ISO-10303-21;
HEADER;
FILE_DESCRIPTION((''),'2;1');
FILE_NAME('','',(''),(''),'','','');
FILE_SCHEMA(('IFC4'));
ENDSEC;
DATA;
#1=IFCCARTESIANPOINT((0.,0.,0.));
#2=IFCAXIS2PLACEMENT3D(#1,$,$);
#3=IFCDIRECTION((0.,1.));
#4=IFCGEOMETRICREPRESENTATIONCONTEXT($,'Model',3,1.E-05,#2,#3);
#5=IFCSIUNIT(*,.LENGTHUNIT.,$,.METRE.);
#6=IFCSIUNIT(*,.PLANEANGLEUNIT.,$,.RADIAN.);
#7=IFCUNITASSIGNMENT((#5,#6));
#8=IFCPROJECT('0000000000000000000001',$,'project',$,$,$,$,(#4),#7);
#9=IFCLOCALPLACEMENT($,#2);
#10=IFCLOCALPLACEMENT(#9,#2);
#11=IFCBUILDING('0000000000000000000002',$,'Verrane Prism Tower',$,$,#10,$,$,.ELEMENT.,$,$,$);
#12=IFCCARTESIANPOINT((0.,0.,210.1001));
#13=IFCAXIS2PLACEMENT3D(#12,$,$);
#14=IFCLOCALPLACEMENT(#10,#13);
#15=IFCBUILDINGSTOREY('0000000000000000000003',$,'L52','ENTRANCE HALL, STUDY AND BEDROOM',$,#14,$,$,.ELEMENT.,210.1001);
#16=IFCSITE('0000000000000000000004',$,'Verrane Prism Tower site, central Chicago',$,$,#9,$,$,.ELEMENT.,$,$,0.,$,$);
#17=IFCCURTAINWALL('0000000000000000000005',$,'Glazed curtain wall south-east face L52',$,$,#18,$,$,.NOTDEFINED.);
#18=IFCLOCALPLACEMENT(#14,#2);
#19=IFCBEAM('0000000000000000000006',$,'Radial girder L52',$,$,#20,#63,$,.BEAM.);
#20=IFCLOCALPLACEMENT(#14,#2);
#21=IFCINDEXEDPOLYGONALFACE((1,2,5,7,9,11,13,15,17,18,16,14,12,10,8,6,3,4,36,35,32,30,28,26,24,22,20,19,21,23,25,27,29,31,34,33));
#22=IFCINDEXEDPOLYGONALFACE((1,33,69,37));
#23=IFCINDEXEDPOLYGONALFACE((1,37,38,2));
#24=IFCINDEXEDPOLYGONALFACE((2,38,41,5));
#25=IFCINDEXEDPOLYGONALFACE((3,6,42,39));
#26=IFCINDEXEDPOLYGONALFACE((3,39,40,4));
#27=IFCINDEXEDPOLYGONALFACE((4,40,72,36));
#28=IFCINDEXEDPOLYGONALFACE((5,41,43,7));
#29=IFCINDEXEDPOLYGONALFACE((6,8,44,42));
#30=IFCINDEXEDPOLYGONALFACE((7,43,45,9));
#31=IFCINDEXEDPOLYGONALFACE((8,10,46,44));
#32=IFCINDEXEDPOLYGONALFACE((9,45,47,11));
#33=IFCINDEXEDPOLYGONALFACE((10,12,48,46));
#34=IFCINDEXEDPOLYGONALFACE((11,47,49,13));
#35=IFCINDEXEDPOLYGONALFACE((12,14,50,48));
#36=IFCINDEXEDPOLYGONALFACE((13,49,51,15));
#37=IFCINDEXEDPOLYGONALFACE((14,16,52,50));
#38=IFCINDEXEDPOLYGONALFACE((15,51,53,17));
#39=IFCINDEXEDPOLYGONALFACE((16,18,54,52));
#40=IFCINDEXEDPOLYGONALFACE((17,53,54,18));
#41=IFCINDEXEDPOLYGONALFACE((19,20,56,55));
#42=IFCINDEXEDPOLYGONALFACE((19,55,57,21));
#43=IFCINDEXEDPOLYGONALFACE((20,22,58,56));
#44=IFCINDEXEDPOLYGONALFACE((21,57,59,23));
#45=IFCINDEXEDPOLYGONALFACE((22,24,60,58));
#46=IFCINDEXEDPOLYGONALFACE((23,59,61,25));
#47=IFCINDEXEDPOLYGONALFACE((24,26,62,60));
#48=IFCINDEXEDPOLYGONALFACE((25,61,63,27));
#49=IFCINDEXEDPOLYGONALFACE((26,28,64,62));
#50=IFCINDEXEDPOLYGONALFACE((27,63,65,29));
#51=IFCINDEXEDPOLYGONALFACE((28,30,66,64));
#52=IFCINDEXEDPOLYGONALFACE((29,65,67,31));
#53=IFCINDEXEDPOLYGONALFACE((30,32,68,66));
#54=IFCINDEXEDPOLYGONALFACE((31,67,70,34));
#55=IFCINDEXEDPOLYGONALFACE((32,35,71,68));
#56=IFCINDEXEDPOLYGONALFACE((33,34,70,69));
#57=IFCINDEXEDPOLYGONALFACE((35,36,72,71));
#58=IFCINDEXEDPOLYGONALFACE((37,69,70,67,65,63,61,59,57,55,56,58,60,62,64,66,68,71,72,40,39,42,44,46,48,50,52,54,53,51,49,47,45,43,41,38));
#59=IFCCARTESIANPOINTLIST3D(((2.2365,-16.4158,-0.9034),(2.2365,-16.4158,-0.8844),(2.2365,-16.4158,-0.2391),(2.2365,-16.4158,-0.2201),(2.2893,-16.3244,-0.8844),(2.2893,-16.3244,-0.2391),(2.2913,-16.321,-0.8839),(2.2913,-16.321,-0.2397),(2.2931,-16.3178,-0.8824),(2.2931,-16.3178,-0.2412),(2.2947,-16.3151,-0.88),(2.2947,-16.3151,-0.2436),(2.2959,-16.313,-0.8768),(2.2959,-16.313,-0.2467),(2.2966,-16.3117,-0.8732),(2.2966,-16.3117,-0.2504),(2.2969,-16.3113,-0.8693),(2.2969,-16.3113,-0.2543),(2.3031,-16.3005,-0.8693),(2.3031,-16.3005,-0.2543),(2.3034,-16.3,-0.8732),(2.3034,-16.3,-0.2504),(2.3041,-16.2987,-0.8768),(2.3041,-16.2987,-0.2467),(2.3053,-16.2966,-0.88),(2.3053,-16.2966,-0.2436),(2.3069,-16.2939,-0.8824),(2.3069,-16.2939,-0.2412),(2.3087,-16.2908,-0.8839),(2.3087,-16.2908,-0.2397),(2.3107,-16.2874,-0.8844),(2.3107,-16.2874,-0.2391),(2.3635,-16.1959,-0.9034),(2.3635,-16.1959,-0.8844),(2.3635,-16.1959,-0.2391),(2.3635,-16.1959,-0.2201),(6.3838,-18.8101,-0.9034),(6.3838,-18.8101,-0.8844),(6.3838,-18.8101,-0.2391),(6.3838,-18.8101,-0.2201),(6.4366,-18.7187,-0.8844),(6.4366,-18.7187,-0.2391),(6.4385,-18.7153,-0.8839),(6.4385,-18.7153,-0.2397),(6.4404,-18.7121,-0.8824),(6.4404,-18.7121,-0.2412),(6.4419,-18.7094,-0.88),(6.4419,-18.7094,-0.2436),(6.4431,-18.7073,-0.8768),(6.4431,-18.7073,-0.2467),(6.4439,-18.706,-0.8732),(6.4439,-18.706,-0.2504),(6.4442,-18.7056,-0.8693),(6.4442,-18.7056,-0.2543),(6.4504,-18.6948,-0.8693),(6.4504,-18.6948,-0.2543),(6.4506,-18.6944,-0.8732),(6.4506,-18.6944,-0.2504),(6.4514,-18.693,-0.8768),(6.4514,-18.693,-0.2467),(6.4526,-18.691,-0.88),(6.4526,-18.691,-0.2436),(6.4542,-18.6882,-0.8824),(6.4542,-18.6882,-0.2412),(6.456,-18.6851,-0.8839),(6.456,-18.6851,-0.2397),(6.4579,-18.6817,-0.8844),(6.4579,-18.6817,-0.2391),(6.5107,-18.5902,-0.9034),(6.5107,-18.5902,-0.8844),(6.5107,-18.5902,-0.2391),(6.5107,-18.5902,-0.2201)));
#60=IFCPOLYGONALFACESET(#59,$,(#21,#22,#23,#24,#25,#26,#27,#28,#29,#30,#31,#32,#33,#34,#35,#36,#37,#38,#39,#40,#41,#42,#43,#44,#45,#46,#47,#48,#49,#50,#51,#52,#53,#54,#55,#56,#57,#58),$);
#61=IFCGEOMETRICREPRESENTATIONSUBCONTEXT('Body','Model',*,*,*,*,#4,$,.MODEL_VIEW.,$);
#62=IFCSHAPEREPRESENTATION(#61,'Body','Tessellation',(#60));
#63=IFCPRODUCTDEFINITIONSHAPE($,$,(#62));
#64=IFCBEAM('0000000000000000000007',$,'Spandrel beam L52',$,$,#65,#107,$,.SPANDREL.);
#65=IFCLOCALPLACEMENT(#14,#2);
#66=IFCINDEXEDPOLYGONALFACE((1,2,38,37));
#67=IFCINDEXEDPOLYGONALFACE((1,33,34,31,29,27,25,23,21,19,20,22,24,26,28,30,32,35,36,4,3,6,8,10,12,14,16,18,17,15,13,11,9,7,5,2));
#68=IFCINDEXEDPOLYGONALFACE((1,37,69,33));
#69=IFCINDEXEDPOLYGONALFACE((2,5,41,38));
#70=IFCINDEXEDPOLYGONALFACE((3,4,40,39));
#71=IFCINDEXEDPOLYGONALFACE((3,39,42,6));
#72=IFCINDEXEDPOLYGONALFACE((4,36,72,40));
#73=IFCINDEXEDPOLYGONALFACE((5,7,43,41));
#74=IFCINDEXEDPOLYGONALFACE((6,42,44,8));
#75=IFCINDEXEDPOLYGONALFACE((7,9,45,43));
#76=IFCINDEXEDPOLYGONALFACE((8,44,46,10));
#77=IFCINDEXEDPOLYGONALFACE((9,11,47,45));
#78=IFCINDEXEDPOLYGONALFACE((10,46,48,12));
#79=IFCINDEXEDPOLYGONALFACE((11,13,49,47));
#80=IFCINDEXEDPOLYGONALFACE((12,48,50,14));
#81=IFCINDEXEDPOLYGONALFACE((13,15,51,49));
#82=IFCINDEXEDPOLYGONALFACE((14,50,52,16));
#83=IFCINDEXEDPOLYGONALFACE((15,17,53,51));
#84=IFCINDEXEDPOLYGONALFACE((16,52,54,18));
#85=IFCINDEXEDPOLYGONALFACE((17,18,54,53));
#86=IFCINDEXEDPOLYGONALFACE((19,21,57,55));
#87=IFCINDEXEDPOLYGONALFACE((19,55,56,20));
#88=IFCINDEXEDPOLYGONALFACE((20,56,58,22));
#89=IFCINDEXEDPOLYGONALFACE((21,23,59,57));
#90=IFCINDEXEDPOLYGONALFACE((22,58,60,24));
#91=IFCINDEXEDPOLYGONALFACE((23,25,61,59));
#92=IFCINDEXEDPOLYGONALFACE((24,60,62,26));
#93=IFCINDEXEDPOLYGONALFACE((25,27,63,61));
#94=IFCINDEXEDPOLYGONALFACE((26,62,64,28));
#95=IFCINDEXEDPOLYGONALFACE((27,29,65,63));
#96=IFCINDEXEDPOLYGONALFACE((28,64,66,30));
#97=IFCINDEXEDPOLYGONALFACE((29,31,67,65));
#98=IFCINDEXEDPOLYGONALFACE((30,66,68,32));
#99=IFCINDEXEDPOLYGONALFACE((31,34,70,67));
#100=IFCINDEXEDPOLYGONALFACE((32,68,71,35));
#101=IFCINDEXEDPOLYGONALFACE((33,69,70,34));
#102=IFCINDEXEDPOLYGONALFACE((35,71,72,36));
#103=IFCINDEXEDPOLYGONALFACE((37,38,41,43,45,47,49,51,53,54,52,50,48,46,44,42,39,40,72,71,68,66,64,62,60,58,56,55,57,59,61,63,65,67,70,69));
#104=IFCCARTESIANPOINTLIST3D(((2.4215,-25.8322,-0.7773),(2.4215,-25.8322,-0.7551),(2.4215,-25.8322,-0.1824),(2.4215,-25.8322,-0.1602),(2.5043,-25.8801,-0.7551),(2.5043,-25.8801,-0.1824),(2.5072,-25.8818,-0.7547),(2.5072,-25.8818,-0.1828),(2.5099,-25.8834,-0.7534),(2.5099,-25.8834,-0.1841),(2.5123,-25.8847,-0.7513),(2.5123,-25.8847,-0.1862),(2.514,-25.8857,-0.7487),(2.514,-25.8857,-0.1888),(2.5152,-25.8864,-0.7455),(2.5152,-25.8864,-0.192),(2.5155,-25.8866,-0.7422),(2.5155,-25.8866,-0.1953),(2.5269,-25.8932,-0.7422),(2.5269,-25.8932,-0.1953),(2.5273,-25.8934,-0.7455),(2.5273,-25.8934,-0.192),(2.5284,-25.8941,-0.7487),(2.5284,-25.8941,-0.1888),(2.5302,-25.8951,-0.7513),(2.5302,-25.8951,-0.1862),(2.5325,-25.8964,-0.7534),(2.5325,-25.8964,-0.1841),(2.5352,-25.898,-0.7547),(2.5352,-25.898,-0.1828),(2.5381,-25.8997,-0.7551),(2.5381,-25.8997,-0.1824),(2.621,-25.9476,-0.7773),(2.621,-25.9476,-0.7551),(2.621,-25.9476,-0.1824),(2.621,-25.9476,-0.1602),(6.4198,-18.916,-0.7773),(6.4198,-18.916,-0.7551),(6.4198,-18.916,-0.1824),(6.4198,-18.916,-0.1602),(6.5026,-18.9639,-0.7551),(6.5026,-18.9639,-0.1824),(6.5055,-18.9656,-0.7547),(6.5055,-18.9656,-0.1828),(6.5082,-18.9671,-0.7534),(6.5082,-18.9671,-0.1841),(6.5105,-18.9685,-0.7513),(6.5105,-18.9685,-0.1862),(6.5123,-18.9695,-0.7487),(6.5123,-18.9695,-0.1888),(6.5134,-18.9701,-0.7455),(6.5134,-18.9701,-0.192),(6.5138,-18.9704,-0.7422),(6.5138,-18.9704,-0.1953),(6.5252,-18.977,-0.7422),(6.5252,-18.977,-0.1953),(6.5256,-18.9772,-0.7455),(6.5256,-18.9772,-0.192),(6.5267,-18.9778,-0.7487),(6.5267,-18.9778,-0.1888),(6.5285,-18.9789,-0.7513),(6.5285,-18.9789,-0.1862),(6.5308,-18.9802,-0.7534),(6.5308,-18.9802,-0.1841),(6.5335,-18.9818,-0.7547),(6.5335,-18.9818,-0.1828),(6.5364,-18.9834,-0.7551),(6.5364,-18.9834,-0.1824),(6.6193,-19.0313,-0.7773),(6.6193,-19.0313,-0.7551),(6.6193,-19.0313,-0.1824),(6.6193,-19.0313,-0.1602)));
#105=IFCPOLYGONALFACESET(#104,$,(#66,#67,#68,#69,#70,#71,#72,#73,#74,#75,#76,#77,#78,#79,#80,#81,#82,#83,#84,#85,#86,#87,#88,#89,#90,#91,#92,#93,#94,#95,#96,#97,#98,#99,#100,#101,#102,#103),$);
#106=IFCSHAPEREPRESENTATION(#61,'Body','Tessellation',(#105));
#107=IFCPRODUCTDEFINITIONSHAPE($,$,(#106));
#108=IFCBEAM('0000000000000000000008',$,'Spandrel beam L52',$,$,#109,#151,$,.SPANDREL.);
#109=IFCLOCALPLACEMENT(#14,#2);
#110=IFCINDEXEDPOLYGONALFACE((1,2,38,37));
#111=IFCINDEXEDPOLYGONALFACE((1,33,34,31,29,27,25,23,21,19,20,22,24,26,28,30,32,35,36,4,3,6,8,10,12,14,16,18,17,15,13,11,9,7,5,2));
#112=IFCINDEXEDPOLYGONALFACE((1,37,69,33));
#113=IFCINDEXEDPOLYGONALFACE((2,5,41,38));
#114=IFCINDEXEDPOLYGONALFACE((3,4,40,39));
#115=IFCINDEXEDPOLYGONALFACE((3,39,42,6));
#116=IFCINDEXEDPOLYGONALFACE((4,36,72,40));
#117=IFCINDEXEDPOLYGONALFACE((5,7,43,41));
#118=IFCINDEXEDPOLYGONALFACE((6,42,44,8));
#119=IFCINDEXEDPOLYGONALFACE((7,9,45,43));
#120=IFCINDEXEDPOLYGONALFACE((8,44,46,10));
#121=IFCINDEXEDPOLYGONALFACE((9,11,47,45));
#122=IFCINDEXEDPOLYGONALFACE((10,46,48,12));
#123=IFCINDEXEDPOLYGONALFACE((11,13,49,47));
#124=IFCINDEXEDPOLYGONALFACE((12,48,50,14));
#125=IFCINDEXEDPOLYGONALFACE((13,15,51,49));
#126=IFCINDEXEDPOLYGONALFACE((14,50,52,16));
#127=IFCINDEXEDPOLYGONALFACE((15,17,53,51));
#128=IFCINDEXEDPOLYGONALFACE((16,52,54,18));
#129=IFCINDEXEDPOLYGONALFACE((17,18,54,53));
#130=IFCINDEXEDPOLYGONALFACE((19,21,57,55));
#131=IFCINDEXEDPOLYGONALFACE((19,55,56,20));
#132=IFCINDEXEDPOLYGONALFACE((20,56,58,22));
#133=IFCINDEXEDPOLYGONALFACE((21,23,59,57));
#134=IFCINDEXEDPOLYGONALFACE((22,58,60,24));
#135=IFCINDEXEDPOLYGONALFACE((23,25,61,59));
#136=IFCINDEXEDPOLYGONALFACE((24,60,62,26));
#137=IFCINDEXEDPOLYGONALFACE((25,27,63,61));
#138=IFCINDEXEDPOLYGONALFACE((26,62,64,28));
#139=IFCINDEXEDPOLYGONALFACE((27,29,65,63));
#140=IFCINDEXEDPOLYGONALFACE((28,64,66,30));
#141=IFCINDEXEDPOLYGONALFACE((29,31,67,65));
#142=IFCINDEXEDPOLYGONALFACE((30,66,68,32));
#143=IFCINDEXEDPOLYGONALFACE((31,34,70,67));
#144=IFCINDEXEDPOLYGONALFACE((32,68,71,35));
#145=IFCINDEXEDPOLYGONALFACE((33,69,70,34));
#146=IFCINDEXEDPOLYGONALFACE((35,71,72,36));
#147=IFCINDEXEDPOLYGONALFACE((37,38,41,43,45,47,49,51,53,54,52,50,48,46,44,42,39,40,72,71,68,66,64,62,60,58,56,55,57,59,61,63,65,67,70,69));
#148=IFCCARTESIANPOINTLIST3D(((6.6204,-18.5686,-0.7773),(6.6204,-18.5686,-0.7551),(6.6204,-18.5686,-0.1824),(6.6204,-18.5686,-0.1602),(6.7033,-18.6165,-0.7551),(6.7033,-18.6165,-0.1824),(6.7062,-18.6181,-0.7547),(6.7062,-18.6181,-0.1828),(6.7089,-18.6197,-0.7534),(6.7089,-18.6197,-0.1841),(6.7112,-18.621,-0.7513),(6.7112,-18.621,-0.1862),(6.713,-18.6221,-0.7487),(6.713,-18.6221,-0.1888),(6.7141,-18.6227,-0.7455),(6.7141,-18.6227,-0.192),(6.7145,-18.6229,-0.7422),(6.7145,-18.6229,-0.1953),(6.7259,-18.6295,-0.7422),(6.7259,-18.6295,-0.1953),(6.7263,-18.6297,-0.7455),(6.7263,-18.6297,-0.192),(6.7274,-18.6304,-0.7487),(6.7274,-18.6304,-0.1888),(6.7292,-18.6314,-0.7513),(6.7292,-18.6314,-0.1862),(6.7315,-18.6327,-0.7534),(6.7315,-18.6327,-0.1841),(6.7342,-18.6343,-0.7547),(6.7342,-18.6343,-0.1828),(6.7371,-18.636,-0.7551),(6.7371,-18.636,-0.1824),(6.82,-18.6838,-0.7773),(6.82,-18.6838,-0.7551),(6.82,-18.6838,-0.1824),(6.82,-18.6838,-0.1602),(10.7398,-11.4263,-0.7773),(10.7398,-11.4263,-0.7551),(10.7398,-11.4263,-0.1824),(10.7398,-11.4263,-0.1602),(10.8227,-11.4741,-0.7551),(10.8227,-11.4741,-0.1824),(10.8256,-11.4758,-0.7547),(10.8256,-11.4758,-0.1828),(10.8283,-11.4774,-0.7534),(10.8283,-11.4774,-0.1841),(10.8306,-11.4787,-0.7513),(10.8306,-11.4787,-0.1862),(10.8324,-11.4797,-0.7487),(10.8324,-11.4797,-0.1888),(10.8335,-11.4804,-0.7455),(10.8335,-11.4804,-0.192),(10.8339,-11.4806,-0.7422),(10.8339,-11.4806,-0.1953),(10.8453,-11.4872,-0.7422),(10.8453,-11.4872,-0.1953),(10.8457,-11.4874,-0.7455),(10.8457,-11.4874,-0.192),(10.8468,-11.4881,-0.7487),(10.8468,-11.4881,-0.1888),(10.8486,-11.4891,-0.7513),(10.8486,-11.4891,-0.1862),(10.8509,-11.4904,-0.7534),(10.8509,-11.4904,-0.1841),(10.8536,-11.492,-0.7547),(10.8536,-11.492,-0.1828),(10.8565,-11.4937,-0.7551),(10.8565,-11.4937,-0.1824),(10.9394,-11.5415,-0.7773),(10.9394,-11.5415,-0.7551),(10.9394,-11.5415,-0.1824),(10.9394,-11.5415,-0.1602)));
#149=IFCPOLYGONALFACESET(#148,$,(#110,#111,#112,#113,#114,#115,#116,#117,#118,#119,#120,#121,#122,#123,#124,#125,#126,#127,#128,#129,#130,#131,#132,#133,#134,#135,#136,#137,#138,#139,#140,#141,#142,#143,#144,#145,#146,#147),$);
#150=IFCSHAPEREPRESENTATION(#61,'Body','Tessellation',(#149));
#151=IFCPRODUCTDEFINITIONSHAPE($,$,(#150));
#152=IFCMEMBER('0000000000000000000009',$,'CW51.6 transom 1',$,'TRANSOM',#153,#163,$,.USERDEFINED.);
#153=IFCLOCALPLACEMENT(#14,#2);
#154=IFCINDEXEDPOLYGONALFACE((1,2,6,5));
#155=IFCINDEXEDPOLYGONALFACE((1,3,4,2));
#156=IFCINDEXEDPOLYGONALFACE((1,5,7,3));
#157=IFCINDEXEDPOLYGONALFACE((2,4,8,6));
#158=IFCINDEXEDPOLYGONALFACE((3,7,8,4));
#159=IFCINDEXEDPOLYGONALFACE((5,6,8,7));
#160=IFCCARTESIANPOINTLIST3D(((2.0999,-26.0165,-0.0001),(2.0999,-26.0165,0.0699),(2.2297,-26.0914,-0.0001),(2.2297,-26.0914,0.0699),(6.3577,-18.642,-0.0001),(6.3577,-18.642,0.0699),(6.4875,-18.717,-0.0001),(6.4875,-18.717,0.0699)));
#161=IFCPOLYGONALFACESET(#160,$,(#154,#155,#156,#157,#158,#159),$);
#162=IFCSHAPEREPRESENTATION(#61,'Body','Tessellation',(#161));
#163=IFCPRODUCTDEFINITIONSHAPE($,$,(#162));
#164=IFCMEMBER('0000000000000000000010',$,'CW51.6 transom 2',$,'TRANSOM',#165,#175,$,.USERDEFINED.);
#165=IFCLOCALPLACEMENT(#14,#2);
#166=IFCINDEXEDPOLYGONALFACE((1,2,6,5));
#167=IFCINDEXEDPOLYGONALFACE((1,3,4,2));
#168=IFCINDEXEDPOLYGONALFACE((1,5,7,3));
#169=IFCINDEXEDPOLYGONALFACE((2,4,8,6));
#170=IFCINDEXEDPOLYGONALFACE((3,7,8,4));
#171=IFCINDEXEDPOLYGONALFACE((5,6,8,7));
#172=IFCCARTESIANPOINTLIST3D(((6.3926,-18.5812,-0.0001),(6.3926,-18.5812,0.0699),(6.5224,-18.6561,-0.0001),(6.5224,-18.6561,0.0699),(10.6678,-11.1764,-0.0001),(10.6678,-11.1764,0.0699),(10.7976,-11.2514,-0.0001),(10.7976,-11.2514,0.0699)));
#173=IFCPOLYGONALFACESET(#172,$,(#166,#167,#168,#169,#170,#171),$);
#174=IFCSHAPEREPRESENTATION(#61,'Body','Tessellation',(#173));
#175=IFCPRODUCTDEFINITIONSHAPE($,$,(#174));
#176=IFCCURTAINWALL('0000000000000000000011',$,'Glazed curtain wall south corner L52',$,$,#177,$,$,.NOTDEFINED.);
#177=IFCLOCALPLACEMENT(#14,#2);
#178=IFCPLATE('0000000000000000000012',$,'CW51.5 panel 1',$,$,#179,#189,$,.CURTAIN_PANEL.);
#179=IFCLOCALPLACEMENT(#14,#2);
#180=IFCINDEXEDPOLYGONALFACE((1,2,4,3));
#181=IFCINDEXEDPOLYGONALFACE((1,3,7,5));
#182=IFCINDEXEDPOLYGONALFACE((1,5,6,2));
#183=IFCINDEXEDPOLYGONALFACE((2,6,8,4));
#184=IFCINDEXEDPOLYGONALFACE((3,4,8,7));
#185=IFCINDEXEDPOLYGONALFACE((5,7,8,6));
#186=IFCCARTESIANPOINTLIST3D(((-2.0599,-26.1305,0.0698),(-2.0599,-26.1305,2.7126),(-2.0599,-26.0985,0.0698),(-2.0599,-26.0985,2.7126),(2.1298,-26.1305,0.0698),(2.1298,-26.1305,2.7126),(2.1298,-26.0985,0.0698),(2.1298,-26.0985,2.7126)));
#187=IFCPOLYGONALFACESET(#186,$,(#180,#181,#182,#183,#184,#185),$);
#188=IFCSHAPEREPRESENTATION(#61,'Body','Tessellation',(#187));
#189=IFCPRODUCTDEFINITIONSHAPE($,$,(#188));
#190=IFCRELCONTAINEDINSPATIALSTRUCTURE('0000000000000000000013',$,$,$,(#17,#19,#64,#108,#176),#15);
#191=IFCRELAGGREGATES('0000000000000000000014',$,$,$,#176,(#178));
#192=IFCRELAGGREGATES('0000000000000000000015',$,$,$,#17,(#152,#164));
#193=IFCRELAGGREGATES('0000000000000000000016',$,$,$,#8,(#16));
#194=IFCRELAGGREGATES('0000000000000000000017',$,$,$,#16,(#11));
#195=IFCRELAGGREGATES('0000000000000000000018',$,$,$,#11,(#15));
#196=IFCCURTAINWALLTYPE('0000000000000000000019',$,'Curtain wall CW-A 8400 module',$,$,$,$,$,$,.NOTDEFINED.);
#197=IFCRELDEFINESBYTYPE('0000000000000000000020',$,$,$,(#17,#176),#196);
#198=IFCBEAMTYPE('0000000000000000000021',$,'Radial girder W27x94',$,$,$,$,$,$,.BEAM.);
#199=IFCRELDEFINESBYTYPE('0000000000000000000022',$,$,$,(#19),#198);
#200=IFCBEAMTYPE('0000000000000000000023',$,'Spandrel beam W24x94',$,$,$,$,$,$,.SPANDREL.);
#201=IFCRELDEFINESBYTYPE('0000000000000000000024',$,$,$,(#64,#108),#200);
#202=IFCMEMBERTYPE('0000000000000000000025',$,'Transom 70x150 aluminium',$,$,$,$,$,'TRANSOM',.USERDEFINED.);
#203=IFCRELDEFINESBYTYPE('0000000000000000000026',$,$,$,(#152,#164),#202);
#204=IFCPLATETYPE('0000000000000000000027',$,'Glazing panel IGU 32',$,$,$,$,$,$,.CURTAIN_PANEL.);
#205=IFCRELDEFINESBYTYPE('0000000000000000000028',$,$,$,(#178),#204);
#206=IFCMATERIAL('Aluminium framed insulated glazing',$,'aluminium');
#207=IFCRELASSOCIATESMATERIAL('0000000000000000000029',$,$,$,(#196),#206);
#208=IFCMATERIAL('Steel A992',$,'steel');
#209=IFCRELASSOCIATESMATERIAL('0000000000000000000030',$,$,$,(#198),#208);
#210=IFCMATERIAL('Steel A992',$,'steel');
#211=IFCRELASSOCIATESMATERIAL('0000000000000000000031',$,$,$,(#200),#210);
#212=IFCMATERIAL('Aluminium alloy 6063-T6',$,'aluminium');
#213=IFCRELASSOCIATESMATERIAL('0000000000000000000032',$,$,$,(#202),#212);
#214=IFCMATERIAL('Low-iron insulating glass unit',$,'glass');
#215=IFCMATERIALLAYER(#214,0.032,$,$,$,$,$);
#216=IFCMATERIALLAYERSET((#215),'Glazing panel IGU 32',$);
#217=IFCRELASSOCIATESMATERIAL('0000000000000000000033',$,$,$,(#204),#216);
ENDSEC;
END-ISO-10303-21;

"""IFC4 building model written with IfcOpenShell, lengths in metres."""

from ifc_helpers import new_model, si_unit, direction, frame, origin, origin_2d, place, context, subcontext, project, spatial, rectangle, i_section, extrude, material, layer, layer_set, material_profile, profile_set, type_object, element, aggregate, save


model = new_model("IFC4")

# Units and contexts
model_context = context("Model", 3, precision=1e-05, world=origin(), true_north=direction((0.0, 1.0)))
body_context = subcontext(model_context, "Body", "Model", "MODEL_VIEW")
ifc_project = project(units=[si_unit("LENGTHUNIT", "METRE"), si_unit("PLANEANGLEUNIT", "RADIAN")], contexts=[model_context])

# Site, building, storey
site_placement = place(None, origin())
site = spatial("IfcSite", under=ifc_project, at=site_placement, Name="Verrane Prism Tower site, central Chicago", CompositionType="ELEMENT", RefElevation=0.0)
building_placement = place(site_placement, origin())
building = spatial("IfcBuilding", under=site, at=building_placement, Name="Verrane Prism Tower", CompositionType="ELEMENT")
storey_placement = place(building_placement, frame((0.0, 0.0, 210.1001)))
storey = spatial("IfcBuildingStorey", under=building, at=storey_placement, Name="L52", Description="ENTRANCE HALL, STUDY AND BEDROOM", CompositionType="ELEMENT", Elevation=210.1001)

# Curtain wall
ifc_material_1 = material(Name="Aluminium framed insulated glazing", Category="aluminium")
curtain_wall_type = type_object("IfcCurtainWallType", Name="Curtain wall CW-A 8400 module", PredefinedType="NOTDEFINED", material=ifc_material_1)
curtain_wall_1_placement = place(storey_placement, origin())
curtain_wall_1 = element("IfcCurtainWall", 1, at=curtain_wall_1_placement, inside=storey, type_object=curtain_wall_type, Name="Glazed curtain wall south-east face L52", PredefinedType="NOTDEFINED")

# Beams
ifc_material_2 = material(Name="Steel A992", Category="steel")
ifc_material_profile_1 = material_profile(ifc_material_2, i_section(OverallWidth=0.2539, OverallDepth=0.6833, WebThickness=0.0125, FlangeThickness=0.019, FilletRadius=0.0151, at=origin_2d()), Name="W27x94")
ifc_profile_set_1 = profile_set([ifc_material_profile_1], Name="Steel A992")
beam_type_1 = type_object("IfcBeamType", Name="Radial girder W27x94", PredefinedType="BEAM", material=ifc_profile_set_1)
beam_1_placement = place(storey_placement, frame((6.4473, -18.7002, -0.5618), z_axis=(-0.866035, 0.499983, 0.0), x_axis=(-0.499983, -0.866035, 0.0)))
element("IfcBeam", 2, at=beam_1_placement, inside=storey, type_object=beam_type_1, Name="Radial girder L52", PredefinedType="BEAM", context=body_context, shape_type="SweptSolid", body=[
    extrude(i_section(OverallWidth=0.2539, OverallDepth=0.6833, WebThickness=0.0125, FlangeThickness=0.019, FilletRadius=0.0151, at=origin_2d()), origin(), (0.0, 0.0, 1.0), 4.7888),
])
ifc_material_3 = material(Name="Steel A992", Category="steel")
ifc_material_profile_2 = material_profile(ifc_material_3, i_section(OverallWidth=0.2305, OverallDepth=0.6172, WebThickness=0.0132, FlangeThickness=0.0222, FilletRadius=0.0129, at=origin_2d()), Name="W24x94")
ifc_profile_set_2 = profile_set([ifc_material_profile_2], Name="Steel A992")
beam_type_2 = type_object("IfcBeamType", Name="Spandrel beam W24x94", PredefinedType="SPANDREL", material=ifc_profile_set_2)
beam_2_placement = place(storey_placement, frame((2.5212, -25.8899, -0.4688), z_axis=(0.500487, 0.865744, 0.0), x_axis=(-0.865744, 0.500487, 0.0)))
element("IfcBeam", 3, at=beam_2_placement, inside=storey, type_object=beam_type_2, Name="Spandrel beam L52", PredefinedType="SPANDREL", context=body_context, shape_type="SweptSolid", body=[
    extrude(i_section(OverallWidth=0.2305, OverallDepth=0.6172, WebThickness=0.0132, FlangeThickness=0.0222, FilletRadius=0.0129, at=origin_2d()), origin(), (0.0, 0.0, 1.0), 7.9888),
])
beam_3_placement = place(storey_placement, frame((6.7202, -18.6262, -0.4688), z_axis=(0.499614, 0.866248, 0.0), x_axis=(-0.866248, 0.499614, 0.0)))
element("IfcBeam", 4, at=beam_3_placement, inside=storey, type_object=beam_type_2, Name="Spandrel beam L52", PredefinedType="SPANDREL", context=body_context, shape_type="SweptSolid", body=[
    extrude(i_section(OverallWidth=0.2305, OverallDepth=0.6172, WebThickness=0.0132, FlangeThickness=0.0222, FilletRadius=0.0129, at=origin_2d()), origin(), (0.0, 0.0, 1.0), 8.2451),
])

# Members
ifc_material_4 = material(Name="Aluminium alloy 6063-T6", Category="aluminium")
ifc_material_profile_3 = material_profile(ifc_material_4, rectangle(XDim=0.1499, YDim=0.0701, at=origin_2d()), Name="Transom 70x150 aluminium")
ifc_profile_set_3 = profile_set([ifc_material_profile_3], Name="Aluminium alloy 6063-T6")
member_type_1 = type_object("IfcMemberType", Name="Transom 70x150 aluminium", ElementType="TRANSOM", PredefinedType="USERDEFINED", material=ifc_profile_set_3)
member_1_placement = place(storey_placement, frame((2.1648, -26.054, 0.0349), z_axis=(0.500012, 0.866018, 0.0), x_axis=(-0.866018, 0.500012, 0.0)))
member_1 = element("IfcMember", 5, at=member_1_placement, type_object=member_type_1, Name="CW51.6 transom 1", ObjectType="TRANSOM", PredefinedType="USERDEFINED", context=body_context, shape_type="SweptSolid", body=[
    extrude(rectangle(XDim=0.1499, YDim=0.0701, at=origin_2d()), origin(), (0.0, 0.0, 1.0), 8.5154),
])
member_2_placement = place(storey_placement, frame((6.4575, -18.6187, 0.0349), z_axis=(0.499999, 0.866026, 0.0), x_axis=(-0.866026, 0.499999, 0.0)))
member_2 = element("IfcMember", 6, at=member_2_placement, type_object=member_type_1, Name="CW51.6 transom 2", ObjectType="TRANSOM", PredefinedType="USERDEFINED", context=body_context, shape_type="SweptSolid", body=[
    extrude(rectangle(XDim=0.1499, YDim=0.0701, at=origin_2d()), origin(), (0.0, 0.0, 1.0), 8.5503),
])

# Curtain wall, plate
curtain_wall_2_placement = place(storey_placement, origin())
curtain_wall_2 = element("IfcCurtainWall", 7, at=curtain_wall_2_placement, inside=storey, type_object=curtain_wall_type, Name="Glazed curtain wall south corner L52", PredefinedType="NOTDEFINED")
ifc_material_5 = material(Name="Low-iron insulating glass unit", Category="glass")
ifc_layer_1 = layer(ifc_material_5, 0.032)
ifc_layer_set_1 = layer_set([ifc_layer_1], Name="Glazing panel IGU 32")
plate_type_1 = type_object("IfcPlateType", Name="Glazing panel IGU 32", PredefinedType="CURTAIN_PANEL", material=ifc_layer_set_1)
plate_1_placement = place(storey_placement, frame((0.0349, -26.1145, 0.0698), z_axis=(0.0, 0.0, 1.0), x_axis=(1.0, 0.0, 0.0)))
plate_1 = element("IfcPlate", 8, at=plate_1_placement, type_object=plate_type_1, Name="CW51.5 panel 1", PredefinedType="CURTAIN_PANEL", context=body_context, shape_type="SweptSolid", body=[
    extrude(rectangle(XDim=4.1897, YDim=0.032, at=origin_2d()), origin(), (0.0, 0.0, 1.0), 2.6428),
])
aggregate(curtain_wall_2, [plate_1])

aggregate(curtain_wall_1, [member_1, member_2])

save(model, "model.ifc")
